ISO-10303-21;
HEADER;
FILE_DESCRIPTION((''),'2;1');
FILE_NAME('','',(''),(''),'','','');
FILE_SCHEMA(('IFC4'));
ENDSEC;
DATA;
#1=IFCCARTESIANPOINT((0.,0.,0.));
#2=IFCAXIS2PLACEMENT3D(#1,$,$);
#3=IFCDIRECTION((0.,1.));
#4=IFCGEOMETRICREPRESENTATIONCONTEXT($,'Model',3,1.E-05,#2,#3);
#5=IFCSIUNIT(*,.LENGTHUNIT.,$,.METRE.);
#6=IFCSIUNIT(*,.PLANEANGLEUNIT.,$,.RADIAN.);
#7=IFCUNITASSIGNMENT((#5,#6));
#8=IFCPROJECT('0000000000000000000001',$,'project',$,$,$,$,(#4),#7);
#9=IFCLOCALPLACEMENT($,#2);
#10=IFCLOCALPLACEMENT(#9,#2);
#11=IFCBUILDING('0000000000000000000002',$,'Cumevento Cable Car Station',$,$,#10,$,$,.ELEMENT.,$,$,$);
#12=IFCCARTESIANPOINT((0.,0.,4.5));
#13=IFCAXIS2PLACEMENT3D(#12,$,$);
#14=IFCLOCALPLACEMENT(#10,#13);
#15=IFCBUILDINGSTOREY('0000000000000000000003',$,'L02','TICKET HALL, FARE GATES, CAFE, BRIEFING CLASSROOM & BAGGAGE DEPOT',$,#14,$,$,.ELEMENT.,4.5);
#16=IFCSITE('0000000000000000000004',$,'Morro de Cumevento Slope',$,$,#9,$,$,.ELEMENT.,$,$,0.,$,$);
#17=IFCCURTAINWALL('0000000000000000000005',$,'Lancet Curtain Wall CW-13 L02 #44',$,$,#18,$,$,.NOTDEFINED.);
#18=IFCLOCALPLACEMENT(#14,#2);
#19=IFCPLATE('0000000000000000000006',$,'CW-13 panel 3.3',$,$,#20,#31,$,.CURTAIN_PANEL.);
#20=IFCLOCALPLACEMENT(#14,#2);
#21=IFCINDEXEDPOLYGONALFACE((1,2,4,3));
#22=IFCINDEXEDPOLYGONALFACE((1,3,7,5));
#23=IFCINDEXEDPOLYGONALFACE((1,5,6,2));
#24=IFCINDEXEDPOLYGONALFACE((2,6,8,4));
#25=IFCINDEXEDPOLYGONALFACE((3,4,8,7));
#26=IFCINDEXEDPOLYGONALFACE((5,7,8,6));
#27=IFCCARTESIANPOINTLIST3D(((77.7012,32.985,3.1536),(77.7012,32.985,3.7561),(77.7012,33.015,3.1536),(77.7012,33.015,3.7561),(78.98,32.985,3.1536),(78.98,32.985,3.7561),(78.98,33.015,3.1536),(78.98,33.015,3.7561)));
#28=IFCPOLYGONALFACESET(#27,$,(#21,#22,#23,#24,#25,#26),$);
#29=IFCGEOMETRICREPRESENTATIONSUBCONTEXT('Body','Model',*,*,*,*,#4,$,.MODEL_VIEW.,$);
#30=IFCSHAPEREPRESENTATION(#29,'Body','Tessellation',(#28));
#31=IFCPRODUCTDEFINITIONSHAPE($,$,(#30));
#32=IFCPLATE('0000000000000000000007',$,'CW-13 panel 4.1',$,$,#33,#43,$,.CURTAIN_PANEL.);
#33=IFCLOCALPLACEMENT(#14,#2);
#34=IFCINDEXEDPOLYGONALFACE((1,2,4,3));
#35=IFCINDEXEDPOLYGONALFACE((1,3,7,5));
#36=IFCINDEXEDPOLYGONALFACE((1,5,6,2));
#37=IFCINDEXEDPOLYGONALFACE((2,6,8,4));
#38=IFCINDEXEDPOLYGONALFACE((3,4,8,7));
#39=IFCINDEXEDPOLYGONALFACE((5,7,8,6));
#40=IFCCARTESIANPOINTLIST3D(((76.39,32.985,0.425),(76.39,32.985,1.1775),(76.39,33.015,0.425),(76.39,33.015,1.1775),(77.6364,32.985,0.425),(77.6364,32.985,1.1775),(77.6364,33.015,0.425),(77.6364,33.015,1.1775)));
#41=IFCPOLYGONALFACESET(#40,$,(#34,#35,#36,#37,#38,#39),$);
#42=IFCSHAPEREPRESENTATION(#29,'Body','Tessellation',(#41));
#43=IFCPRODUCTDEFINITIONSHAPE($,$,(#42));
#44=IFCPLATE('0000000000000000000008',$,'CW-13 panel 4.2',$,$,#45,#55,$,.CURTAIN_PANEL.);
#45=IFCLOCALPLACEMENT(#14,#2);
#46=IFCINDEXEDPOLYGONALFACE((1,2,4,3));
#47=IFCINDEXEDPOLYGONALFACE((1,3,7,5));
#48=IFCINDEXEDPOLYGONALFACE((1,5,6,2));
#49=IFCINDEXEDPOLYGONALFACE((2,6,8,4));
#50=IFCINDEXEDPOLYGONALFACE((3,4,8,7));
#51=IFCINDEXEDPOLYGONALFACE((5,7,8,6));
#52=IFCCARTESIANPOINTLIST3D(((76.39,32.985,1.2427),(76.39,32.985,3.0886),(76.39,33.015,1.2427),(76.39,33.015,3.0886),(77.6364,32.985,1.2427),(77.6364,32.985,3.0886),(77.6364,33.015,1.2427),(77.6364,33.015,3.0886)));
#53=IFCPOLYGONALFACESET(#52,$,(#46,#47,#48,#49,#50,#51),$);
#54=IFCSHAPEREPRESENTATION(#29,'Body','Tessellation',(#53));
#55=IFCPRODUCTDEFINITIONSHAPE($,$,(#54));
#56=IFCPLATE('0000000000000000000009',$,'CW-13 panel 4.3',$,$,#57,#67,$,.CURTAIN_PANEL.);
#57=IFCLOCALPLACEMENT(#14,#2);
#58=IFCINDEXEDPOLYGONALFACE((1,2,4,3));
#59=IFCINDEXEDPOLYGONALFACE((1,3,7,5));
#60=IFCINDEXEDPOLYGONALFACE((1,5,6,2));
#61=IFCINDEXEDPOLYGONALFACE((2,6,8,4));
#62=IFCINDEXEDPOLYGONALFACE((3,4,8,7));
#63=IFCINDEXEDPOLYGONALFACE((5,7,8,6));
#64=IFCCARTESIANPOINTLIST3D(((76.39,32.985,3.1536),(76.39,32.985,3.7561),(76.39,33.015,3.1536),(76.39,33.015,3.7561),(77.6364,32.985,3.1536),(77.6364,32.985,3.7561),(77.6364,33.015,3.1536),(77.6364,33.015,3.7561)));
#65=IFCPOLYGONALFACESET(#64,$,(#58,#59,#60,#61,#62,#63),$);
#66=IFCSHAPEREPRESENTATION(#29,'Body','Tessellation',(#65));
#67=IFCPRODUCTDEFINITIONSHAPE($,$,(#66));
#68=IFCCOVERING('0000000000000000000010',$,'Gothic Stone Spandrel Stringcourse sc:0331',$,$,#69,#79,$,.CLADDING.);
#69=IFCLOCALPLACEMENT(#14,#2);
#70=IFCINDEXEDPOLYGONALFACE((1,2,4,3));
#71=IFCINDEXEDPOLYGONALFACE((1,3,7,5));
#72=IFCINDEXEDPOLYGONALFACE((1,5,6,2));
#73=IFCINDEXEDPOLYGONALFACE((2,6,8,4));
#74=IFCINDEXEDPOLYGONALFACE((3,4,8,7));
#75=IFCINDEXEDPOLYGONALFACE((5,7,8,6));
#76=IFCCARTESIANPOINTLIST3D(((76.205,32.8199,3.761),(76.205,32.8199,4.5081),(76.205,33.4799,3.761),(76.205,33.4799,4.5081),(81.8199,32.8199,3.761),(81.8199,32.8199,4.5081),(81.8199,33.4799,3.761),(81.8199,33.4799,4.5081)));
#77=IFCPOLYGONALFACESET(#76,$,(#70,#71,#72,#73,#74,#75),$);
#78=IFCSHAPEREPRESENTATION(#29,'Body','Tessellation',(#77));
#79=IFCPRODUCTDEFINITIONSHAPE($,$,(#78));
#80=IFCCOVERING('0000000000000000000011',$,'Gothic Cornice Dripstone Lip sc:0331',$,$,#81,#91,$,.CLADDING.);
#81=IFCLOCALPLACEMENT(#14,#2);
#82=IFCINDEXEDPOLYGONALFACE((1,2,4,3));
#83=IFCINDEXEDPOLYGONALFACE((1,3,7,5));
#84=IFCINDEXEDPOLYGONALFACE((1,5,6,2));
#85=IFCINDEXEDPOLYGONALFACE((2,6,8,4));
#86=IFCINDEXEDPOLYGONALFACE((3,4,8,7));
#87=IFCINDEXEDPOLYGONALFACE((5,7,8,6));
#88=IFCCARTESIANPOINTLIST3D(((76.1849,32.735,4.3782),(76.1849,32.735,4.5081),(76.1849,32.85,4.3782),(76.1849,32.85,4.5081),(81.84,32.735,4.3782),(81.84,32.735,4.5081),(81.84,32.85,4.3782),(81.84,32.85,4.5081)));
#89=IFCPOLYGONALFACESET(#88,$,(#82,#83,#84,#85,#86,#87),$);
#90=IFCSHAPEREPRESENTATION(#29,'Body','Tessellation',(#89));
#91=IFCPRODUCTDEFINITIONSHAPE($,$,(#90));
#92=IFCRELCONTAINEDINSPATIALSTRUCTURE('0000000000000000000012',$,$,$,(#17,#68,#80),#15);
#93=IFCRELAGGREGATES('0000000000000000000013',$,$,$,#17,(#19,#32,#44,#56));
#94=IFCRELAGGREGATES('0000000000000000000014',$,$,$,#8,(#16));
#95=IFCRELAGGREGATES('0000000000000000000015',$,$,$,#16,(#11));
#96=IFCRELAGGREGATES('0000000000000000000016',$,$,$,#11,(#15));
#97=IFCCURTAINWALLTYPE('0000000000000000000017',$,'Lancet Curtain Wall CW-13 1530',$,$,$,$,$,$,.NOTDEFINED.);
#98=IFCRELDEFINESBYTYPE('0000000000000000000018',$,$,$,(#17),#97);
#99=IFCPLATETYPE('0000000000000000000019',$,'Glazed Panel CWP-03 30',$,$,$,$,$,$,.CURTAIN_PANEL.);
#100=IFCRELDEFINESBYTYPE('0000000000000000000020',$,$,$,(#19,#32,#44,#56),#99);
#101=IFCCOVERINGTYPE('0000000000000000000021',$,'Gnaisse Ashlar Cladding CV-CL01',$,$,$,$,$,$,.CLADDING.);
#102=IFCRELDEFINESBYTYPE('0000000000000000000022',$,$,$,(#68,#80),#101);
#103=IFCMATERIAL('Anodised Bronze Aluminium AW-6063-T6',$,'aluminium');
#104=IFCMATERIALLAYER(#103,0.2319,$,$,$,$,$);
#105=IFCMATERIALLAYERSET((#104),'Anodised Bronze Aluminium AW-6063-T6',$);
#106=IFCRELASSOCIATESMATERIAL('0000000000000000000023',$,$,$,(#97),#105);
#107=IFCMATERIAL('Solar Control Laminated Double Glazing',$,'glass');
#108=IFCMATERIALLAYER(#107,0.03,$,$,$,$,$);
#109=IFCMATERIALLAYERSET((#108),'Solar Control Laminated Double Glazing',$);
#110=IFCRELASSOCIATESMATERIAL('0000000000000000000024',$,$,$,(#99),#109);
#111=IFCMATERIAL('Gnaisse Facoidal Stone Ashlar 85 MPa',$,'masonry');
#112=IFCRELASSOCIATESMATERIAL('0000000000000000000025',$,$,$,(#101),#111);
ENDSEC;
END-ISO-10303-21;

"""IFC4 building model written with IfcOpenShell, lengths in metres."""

from ifc_helpers import new_model, si_unit, direction, frame, origin, origin_2d, place, context, subcontext, project, spatial, rectangle, extrude, material, layer, layer_set, type_object, element, aggregate, save


model = new_model("IFC4")

# Units and contexts
model_context = context("Model", 3, precision=1e-05, world=origin(), true_north=direction((0.0, 1.0)))
body_context = subcontext(model_context, "Body", "Model", "MODEL_VIEW")
ifc_project = project(units=[si_unit("LENGTHUNIT", "METRE"), si_unit("PLANEANGLEUNIT", "RADIAN")], contexts=[model_context])

# Site, building, storey
site_placement = place(None, origin())
site = spatial("IfcSite", under=ifc_project, at=site_placement, Name="Morro de Cumevento Slope", CompositionType="ELEMENT", RefElevation=0.0)
building_placement = place(site_placement, origin())
building = spatial("IfcBuilding", under=site, at=building_placement, Name="Cumevento Cable Car Station", CompositionType="ELEMENT")
storey_placement = place(building_placement, frame((0.0, 0.0, 4.5)))
storey = spatial("IfcBuildingStorey", under=building, at=storey_placement, Name="L02", Description="TICKET HALL, FARE GATES, CAFE, BRIEFING CLASSROOM & BAGGAGE DEPOT", CompositionType="ELEMENT", Elevation=4.5)

# Curtain wall
ifc_material_1 = material(Name="Anodised Bronze Aluminium AW-6063-T6", Category="aluminium")
ifc_layer_1 = layer(ifc_material_1, 0.2319)
ifc_layer_set_1 = layer_set([ifc_layer_1], Name="Anodised Bronze Aluminium AW-6063-T6")
curtain_wall_type = type_object("IfcCurtainWallType", Name="Lancet Curtain Wall CW-13 1530", PredefinedType="NOTDEFINED", material=ifc_layer_set_1)
curtain_wall_placement = place(storey_placement, origin())
curtain_wall = element("IfcCurtainWall", 1, at=curtain_wall_placement, inside=storey, type_object=curtain_wall_type, Name="Lancet Curtain Wall CW-13 L02 #44", PredefinedType="NOTDEFINED")

# Plates
ifc_material_2 = material(Name="Solar Control Laminated Double Glazing", Category="glass")
ifc_layer_2 = layer(ifc_material_2, 0.03)
ifc_layer_set_2 = layer_set([ifc_layer_2], Name="Solar Control Laminated Double Glazing")
plate_type = type_object("IfcPlateType", Name="Glazed Panel CWP-03 30", PredefinedType="CURTAIN_PANEL", material=ifc_layer_set_2)
plate_1_placement = place(storey_placement, frame((78.3406, 33.0, 3.1536), z_axis=(0.0, 0.0, 1.0), x_axis=(-1.0, 0.0, 0.0)))
plate_1 = element("IfcPlate", 2, at=plate_1_placement, type_object=plate_type, Name="CW-13 panel 3.3", PredefinedType="CURTAIN_PANEL", context=body_context, shape_type="SweptSolid", body=[
    extrude(rectangle(XDim=1.2788, YDim=0.03, at=origin_2d()), origin(), (0.0, 0.0, 1.0), 0.6025),
])
plate_2_placement = place(storey_placement, frame((77.0132, 33.0, 0.425), z_axis=(0.0, 0.0, 1.0), x_axis=(-1.0, 0.0, 0.0)))
plate_2 = element("IfcPlate", 3, at=plate_2_placement, type_object=plate_type, Name="CW-13 panel 4.1", PredefinedType="CURTAIN_PANEL", context=body_context, shape_type="SweptSolid", body=[
    extrude(rectangle(XDim=1.2463, YDim=0.03, at=origin_2d()), origin(), (0.0, 0.0, 1.0), 0.7524),
])
plate_3_placement = place(storey_placement, frame((77.0132, 33.0, 1.2427), z_axis=(0.0, 0.0, 1.0), x_axis=(-1.0, 0.0, 0.0)))
plate_3 = element("IfcPlate", 4, at=plate_3_placement, type_object=plate_type, Name="CW-13 panel 4.2", PredefinedType="CURTAIN_PANEL", context=body_context, shape_type="SweptSolid", body=[
    extrude(rectangle(XDim=1.2463, YDim=0.03, at=origin_2d()), origin(), (0.0, 0.0, 1.0), 1.8459),
])
plate_4_placement = place(storey_placement, frame((77.0132, 33.0, 3.1536), z_axis=(0.0, 0.0, 1.0), x_axis=(-1.0, 0.0, 0.0)))
plate_4 = element("IfcPlate", 5, at=plate_4_placement, type_object=plate_type, Name="CW-13 panel 4.3", PredefinedType="CURTAIN_PANEL", context=body_context, shape_type="SweptSolid", body=[
    extrude(rectangle(XDim=1.2463, YDim=0.03, at=origin_2d()), origin(), (0.0, 0.0, 1.0), 0.6025),
])
aggregate(curtain_wall, [plate_1, plate_2, plate_3, plate_4])

# Coverings
ifc_material_3 = material(Name="Gnaisse Facoidal Stone Ashlar 85 MPa", Category="masonry")
covering_type = type_object("IfcCoveringType", Name="Gnaisse Ashlar Cladding CV-CL01", PredefinedType="CLADDING", material=ifc_material_3)
covering_1_placement = place(storey_placement, frame((79.0125, 33.1499, 3.761), z_axis=(0.0, 0.0, 1.0), x_axis=(-1.0, 0.0, 0.0)))
element("IfcCovering", 6, at=covering_1_placement, inside=storey, type_object=covering_type, Name="Gothic Stone Spandrel Stringcourse sc:0331", PredefinedType="CLADDING", context=body_context, shape_type="SweptSolid", body=[
    extrude(rectangle(XDim=5.615, YDim=0.6599, at=origin_2d()), origin(), (0.0, 0.0, 1.0), 0.7471),
])
covering_2_placement = place(storey_placement, frame((79.0125, 32.7925, 4.3782), z_axis=(0.0, 0.0, 1.0), x_axis=(-1.0, 0.0, 0.0)))
element("IfcCovering", 7, at=covering_2_placement, inside=storey, type_object=covering_type, Name="Gothic Cornice Dripstone Lip sc:0331", PredefinedType="CLADDING", context=body_context, shape_type="SweptSolid", body=[
    extrude(rectangle(XDim=5.655, YDim=0.115, at=origin_2d()), origin(), (0.0, 0.0, 1.0), 0.1299),
])

save(model, "model.ifc")
